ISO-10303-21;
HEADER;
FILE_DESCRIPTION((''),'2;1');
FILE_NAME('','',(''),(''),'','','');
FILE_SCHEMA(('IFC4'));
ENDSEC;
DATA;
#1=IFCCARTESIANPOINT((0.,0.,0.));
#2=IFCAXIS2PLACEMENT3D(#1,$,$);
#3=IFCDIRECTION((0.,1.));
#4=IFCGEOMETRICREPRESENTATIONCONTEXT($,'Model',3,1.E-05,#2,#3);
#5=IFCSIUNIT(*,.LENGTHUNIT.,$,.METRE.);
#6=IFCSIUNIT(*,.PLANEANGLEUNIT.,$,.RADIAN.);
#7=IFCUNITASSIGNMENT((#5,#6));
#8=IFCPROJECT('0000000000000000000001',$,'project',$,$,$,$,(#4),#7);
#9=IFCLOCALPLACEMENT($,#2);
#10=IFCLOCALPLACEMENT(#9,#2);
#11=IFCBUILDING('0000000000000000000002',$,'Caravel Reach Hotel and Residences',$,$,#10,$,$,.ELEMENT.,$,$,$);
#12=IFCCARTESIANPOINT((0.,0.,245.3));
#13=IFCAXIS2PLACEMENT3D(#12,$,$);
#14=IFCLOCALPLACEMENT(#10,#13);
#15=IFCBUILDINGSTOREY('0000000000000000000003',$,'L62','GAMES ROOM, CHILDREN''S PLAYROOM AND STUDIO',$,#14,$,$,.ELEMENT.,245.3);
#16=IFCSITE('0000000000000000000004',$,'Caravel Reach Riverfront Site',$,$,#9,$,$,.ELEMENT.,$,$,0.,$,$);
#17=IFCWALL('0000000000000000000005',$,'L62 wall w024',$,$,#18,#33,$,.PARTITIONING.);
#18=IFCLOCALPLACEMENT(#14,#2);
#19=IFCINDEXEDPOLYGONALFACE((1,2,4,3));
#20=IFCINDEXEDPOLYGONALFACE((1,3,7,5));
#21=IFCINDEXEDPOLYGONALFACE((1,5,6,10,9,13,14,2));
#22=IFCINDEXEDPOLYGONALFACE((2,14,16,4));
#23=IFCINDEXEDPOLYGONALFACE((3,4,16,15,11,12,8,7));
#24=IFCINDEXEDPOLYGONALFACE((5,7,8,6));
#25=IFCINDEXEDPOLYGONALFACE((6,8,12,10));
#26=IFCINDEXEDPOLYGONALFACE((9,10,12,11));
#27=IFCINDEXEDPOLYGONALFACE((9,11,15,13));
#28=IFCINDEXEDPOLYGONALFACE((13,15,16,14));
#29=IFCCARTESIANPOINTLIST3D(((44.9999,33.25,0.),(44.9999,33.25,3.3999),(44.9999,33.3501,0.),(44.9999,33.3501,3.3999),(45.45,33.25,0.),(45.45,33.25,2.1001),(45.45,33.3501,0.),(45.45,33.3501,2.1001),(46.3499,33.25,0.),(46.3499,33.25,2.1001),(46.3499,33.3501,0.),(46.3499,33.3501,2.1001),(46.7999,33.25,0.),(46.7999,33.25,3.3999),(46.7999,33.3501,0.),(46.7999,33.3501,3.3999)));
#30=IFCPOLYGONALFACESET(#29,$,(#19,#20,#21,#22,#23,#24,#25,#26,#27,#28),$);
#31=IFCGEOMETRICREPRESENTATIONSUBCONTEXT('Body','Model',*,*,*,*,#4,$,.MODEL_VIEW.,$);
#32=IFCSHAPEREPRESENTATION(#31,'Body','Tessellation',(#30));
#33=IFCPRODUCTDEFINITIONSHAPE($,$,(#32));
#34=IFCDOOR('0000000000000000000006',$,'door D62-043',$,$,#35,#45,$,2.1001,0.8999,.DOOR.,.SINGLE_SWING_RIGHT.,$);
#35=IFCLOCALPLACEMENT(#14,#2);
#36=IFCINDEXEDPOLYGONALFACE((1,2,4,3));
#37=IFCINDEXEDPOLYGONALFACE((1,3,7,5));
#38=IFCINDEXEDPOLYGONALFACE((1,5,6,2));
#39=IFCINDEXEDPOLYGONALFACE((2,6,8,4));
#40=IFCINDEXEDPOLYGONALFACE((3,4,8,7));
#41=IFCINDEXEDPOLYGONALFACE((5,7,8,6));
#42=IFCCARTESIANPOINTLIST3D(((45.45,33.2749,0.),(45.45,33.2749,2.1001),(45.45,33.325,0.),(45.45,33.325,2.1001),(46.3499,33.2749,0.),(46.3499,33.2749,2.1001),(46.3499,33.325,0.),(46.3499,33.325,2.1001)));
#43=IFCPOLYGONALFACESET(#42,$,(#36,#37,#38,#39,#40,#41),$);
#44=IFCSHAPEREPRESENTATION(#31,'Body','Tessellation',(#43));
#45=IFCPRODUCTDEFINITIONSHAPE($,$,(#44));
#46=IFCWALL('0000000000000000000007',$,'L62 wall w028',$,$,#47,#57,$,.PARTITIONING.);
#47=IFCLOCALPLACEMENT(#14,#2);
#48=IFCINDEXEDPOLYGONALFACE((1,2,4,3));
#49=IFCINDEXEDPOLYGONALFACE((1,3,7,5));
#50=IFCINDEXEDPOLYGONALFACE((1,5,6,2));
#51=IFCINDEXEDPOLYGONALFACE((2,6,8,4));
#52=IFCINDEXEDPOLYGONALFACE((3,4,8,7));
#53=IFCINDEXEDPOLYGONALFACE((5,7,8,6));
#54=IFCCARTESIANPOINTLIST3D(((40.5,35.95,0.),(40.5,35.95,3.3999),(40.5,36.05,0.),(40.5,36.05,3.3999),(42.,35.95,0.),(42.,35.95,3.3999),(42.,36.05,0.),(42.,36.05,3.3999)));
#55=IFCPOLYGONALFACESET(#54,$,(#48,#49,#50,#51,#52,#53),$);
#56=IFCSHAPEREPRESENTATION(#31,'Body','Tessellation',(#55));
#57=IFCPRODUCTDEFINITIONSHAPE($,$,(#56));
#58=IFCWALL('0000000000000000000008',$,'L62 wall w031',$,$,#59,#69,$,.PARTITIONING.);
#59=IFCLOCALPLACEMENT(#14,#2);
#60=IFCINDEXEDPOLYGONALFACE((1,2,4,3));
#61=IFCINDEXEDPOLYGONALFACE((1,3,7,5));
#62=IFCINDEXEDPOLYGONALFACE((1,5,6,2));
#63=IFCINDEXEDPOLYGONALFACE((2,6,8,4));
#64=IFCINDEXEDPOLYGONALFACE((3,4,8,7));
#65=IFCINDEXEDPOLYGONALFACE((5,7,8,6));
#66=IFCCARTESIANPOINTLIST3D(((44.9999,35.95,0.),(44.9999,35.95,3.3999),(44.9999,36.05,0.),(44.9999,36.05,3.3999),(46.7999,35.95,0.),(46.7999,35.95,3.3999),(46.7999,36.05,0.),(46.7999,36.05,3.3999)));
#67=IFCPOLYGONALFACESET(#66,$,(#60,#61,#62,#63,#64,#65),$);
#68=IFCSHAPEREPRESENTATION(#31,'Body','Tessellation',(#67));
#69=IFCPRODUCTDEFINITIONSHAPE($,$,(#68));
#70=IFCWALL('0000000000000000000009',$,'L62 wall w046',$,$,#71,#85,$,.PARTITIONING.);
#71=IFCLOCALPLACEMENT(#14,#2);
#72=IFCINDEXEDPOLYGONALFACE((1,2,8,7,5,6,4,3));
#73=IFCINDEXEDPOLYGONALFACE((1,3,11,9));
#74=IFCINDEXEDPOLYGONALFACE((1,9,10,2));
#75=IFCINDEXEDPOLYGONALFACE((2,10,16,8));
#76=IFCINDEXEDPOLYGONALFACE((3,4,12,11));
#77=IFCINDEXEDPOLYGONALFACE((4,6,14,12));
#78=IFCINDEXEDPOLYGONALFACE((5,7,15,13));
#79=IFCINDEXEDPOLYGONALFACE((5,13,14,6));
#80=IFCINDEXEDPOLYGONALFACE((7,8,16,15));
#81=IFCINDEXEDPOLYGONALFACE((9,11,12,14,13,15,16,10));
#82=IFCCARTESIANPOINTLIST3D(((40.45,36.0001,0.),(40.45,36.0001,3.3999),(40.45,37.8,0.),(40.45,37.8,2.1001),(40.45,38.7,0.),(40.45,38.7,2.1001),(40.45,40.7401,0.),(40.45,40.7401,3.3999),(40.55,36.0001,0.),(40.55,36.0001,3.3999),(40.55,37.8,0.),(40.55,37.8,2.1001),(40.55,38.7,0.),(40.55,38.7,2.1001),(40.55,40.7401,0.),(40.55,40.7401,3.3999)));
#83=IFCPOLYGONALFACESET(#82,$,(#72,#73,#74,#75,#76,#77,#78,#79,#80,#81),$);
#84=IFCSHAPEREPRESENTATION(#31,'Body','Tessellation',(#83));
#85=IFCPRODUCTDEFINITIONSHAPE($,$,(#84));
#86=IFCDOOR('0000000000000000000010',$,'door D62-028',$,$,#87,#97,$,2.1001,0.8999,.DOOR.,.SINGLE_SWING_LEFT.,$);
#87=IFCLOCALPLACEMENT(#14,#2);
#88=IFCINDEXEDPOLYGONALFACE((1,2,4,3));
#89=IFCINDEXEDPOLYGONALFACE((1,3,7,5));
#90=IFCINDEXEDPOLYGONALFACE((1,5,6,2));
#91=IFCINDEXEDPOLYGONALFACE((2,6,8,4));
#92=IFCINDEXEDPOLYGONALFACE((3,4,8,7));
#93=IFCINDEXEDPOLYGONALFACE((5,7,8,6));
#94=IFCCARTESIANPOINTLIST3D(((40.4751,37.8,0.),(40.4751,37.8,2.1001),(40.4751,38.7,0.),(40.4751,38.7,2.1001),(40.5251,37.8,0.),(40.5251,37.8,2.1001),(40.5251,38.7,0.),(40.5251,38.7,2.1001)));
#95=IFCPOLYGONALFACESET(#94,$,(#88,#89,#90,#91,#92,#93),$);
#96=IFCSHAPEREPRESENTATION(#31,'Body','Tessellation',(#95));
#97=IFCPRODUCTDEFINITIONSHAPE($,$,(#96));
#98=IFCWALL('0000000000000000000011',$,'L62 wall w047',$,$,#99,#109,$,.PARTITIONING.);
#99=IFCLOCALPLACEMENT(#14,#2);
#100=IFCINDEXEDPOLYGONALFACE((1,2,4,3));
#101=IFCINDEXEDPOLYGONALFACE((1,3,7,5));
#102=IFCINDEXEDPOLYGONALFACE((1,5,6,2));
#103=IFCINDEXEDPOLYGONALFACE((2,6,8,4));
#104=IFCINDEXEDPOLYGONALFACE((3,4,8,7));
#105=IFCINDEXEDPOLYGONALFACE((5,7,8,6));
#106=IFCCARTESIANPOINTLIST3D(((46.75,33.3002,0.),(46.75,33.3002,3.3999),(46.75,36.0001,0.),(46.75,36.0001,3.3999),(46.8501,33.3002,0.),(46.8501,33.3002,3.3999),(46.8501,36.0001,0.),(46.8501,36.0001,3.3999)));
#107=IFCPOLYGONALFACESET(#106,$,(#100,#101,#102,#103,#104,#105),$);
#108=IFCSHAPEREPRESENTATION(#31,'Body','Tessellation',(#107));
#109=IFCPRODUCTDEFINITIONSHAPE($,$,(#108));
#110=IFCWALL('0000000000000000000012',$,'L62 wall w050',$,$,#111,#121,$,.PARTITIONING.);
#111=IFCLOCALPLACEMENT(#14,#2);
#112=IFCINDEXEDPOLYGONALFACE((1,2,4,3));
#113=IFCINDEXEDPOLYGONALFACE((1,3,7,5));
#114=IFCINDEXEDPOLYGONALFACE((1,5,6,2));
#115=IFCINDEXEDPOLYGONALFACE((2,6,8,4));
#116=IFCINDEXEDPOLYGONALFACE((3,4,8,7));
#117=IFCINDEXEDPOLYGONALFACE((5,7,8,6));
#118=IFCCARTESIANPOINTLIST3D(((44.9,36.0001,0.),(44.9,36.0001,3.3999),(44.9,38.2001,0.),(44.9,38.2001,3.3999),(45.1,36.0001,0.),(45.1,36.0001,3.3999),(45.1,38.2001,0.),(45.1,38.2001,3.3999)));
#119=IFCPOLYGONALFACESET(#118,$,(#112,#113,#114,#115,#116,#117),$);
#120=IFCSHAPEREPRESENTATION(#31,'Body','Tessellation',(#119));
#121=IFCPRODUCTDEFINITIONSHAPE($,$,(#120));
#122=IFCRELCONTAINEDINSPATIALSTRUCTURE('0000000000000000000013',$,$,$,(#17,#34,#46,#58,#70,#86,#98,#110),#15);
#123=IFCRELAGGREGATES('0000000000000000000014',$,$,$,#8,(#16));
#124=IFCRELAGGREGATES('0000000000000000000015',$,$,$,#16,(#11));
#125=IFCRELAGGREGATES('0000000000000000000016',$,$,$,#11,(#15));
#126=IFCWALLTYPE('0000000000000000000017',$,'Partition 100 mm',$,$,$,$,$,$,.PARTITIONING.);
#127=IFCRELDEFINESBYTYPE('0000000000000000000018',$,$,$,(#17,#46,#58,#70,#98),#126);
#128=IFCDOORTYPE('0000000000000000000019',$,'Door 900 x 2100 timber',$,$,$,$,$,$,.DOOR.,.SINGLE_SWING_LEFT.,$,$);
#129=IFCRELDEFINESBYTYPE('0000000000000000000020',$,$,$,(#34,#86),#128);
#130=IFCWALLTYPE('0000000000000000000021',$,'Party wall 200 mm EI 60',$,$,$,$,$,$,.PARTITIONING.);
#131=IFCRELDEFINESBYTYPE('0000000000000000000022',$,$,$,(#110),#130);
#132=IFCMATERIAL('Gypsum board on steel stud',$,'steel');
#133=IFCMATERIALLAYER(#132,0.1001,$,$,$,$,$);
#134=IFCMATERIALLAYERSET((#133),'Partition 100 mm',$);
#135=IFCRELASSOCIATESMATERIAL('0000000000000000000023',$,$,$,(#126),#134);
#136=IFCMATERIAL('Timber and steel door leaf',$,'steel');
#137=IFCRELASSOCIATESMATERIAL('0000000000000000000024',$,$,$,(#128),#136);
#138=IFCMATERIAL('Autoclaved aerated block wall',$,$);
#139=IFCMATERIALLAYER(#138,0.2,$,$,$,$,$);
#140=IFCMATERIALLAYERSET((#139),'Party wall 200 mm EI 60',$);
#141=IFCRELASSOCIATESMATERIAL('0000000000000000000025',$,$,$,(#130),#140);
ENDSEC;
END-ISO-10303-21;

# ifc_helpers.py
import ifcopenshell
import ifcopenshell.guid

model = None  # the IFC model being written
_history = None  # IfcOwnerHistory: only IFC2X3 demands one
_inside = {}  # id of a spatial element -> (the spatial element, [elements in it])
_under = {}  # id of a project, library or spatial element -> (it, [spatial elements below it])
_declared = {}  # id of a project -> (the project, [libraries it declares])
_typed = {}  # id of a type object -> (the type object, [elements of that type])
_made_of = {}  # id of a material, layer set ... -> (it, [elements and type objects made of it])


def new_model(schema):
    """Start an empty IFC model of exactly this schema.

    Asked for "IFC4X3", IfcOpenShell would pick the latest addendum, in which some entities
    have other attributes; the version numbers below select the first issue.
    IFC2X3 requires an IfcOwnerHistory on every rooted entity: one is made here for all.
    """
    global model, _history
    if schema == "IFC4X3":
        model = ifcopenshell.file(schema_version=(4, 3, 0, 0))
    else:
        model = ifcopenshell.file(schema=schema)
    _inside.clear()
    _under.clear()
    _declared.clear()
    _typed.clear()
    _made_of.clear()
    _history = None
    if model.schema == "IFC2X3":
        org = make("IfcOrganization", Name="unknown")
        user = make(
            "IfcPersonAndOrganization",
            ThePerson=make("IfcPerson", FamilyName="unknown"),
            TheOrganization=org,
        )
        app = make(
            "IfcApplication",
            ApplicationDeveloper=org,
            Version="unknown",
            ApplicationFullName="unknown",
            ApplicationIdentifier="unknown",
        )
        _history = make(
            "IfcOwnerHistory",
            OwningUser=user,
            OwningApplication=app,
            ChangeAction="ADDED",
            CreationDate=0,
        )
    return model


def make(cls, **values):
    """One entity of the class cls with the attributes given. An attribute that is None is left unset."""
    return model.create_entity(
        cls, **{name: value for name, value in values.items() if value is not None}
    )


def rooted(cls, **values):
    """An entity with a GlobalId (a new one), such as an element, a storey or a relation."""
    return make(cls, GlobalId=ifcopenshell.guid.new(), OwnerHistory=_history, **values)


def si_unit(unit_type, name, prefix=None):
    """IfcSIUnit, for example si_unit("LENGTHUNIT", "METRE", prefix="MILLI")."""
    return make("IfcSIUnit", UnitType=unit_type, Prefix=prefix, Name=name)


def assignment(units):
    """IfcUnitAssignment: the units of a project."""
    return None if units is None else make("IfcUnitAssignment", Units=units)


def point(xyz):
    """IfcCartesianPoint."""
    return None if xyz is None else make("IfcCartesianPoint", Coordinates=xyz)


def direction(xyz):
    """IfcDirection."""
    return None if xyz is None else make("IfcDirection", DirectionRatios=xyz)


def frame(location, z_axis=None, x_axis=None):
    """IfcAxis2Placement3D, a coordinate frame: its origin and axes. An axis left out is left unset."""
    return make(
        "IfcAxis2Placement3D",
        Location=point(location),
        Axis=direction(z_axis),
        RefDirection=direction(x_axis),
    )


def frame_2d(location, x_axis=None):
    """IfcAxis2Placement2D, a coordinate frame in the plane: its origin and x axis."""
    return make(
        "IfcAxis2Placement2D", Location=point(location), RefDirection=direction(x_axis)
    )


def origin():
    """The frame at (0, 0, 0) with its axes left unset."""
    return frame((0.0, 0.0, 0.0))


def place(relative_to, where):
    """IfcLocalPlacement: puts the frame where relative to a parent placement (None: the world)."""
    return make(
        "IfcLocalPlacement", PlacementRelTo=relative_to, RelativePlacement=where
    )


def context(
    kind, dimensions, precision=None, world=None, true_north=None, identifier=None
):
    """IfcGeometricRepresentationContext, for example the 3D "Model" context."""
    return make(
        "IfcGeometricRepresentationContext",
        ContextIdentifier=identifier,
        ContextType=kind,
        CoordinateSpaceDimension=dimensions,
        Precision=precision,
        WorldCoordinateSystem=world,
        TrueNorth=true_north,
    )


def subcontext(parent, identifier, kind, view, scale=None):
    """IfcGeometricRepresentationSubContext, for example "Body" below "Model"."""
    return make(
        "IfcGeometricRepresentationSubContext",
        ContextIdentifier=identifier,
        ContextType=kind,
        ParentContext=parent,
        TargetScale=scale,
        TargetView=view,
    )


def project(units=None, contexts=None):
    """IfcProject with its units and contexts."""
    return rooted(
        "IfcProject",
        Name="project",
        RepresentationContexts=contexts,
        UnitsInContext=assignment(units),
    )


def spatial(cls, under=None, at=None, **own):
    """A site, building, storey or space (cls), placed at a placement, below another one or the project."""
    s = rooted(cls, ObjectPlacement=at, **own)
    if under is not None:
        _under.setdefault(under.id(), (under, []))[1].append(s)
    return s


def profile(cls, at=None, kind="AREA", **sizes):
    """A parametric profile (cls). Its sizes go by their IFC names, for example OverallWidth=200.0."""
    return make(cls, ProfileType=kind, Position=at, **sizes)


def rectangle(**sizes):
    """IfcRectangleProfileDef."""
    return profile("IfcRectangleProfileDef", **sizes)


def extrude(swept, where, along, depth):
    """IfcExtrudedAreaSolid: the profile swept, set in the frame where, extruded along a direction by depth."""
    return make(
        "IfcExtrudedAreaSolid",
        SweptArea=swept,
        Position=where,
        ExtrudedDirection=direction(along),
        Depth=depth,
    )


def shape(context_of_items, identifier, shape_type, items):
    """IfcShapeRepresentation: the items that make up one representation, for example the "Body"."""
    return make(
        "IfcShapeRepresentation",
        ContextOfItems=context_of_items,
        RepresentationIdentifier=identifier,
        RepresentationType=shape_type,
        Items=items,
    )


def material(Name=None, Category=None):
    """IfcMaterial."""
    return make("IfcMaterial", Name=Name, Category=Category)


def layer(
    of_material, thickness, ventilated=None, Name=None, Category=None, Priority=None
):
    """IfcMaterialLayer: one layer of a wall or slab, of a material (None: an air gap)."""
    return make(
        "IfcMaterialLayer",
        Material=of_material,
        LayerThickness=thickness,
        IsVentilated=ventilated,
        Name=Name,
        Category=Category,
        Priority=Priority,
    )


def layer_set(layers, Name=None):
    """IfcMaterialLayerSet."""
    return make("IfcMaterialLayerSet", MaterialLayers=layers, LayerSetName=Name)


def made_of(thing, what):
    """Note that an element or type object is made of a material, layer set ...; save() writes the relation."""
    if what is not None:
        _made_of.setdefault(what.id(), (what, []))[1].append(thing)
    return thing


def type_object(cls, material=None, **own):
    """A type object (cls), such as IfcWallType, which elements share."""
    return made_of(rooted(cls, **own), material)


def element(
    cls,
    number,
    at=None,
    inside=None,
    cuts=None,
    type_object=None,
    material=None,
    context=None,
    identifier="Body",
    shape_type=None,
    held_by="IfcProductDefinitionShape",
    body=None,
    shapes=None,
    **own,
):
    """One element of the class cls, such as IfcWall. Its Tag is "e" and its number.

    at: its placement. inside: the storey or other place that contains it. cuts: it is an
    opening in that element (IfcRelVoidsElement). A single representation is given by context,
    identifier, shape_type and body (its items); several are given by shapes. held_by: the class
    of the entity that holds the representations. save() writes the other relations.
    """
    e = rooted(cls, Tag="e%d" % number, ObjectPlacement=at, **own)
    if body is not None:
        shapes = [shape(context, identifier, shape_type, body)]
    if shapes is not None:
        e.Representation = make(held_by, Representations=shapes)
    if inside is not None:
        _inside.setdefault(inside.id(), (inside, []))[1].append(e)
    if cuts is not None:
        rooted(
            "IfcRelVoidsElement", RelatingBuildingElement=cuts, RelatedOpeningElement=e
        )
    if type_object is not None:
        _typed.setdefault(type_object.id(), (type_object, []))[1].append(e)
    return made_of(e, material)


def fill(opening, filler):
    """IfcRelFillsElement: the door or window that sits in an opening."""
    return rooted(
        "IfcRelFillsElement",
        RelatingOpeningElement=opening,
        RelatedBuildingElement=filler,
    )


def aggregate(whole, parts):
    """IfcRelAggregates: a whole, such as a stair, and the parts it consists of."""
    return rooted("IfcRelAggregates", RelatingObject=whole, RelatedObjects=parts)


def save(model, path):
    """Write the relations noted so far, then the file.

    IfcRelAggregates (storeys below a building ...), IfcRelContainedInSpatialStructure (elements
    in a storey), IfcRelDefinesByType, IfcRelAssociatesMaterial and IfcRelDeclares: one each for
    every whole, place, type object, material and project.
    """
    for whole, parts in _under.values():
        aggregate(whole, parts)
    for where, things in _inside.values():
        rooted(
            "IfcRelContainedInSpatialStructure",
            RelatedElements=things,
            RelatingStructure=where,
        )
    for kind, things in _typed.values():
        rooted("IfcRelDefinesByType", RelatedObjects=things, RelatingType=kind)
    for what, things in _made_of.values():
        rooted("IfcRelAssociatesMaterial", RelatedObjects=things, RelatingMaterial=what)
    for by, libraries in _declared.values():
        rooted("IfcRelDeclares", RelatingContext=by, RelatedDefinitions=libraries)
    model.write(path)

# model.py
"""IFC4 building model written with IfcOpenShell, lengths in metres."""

from ifc_helpers import new_model, si_unit, direction, frame, frame_2d, origin, place, context, subcontext, project, spatial, rectangle, extrude, material, layer, layer_set, type_object, element, fill, save


model = new_model("IFC4")

# Units and contexts
model_context = context("Model", 3, precision=1e-05, world=origin(), true_north=direction((0.0, 1.0)))
body_context = subcontext(model_context, "Body", "Model", "MODEL_VIEW")
ifc_project = project(units=[si_unit("LENGTHUNIT", "METRE"), si_unit("PLANEANGLEUNIT", "RADIAN")], contexts=[model_context])

# Site, building, storey
site_placement = place(None, origin())
site = spatial("IfcSite", under=ifc_project, at=site_placement, Name="Caravel Reach Riverfront Site", CompositionType="ELEMENT", RefElevation=0.0)
building_placement = place(site_placement, origin())
building = spatial("IfcBuilding", under=site, at=building_placement, Name="Caravel Reach Hotel and Residences", CompositionType="ELEMENT")
storey_placement = place(building_placement, frame((0.0, 0.0, 245.3)))
storey = spatial("IfcBuildingStorey", under=building, at=storey_placement, Name="L62", Description="GAMES ROOM, CHILDREN'S PLAYROOM AND STUDIO", CompositionType="ELEMENT", Elevation=245.3)

# Wall, opening, door
ifc_material_1 = material(Name="Gypsum board on steel stud", Category="steel")
ifc_layer_1 = layer(ifc_material_1, 0.1001)
ifc_layer_set_1 = layer_set([ifc_layer_1], Name="Partition 100 mm")
wall_type_1 = type_object("IfcWallType", Name="Partition 100 mm", PredefinedType="PARTITIONING", material=ifc_layer_set_1)
wall_1_placement = place(storey_placement, frame((45.0, 33.3, 0.0), z_axis=(0.0, 0.0, 1.0), x_axis=(1.0, 0.0, 0.0)))
wall_1 = element("IfcWall", 1, at=wall_1_placement, inside=storey, type_object=wall_type_1, Name="L62 wall w024", PredefinedType="PARTITIONING", context=body_context, shape_type="SweptSolid", body=[
    extrude(rectangle(XDim=1.8, YDim=0.1001, at=frame_2d((0.8999, 0.0))), origin(), (0.0, 0.0, 1.0), 3.3999),
])
opening_1_placement = place(wall_1_placement, frame((0.45, 0.0, 0.0)))
opening_1 = element("IfcOpeningElement", 2, at=opening_1_placement, cuts=wall_1, PredefinedType="OPENING", context=body_context, shape_type="SweptSolid", body=[
    extrude(rectangle(XDim=0.8999, YDim=2.1001, at=frame_2d((0.45, 1.05))), frame((0.0, 0.0601, 0.0), z_axis=(0.0, -1.0, 0.0), x_axis=(1.0, 0.0, 0.0)), (0.0, 0.0, 1.0), 0.1201),
])
ifc_material_2 = material(Name="Timber and steel door leaf", Category="steel")
door_type_1 = type_object("IfcDoorType", Name="Door 900 x 2100 timber", OperationType="SINGLE_SWING_LEFT", PredefinedType="DOOR", material=ifc_material_2)
door_1_placement = place(opening_1_placement, origin())
door_1 = element("IfcDoor", 3, at=door_1_placement, inside=storey, type_object=door_type_1, Name="door D62-043", OperationType="SINGLE_SWING_RIGHT", OverallHeight=2.1001, OverallWidth=0.8999, PredefinedType="DOOR", context=body_context, shape_type="SweptSolid", body=[
    extrude(rectangle(XDim=0.8999, YDim=2.1001, at=frame_2d((0.45, 1.05))), frame((0.0, 0.0249, 0.0), z_axis=(0.0, -1.0, 0.0), x_axis=(1.0, 0.0, 0.0)), (0.0, 0.0, 1.0), 0.05),
])
fill(opening_1, door_1)

# Walls
wall_2_placement = place(storey_placement, frame((40.5, 36.0, 0.0), z_axis=(0.0, 0.0, 1.0), x_axis=(1.0, 0.0, 0.0)))
element("IfcWall", 4, at=wall_2_placement, inside=storey, type_object=wall_type_1, Name="L62 wall w028", PredefinedType="PARTITIONING", context=body_context, shape_type="SweptSolid", body=[
    extrude(rectangle(XDim=1.5, YDim=0.1001, at=frame_2d((0.75, 0.0))), origin(), (0.0, 0.0, 1.0), 3.3999),
])
wall_3_placement = place(storey_placement, frame((45.0, 36.0, 0.0), z_axis=(0.0, 0.0, 1.0), x_axis=(1.0, 0.0, 0.0)))
element("IfcWall", 5, at=wall_3_placement, inside=storey, type_object=wall_type_1, Name="L62 wall w031", PredefinedType="PARTITIONING", context=body_context, shape_type="SweptSolid", body=[
    extrude(rectangle(XDim=1.8, YDim=0.1001, at=frame_2d((0.8999, 0.0))), origin(), (0.0, 0.0, 1.0), 3.3999),
])

# Wall, opening, door
wall_4_placement = place(storey_placement, frame((40.5, 36.0, 0.0), z_axis=(0.0, 0.0, 1.0), x_axis=(0.0, 1.0, 0.0)))
wall_4 = element("IfcWall", 6, at=wall_4_placement, inside=storey, type_object=wall_type_1, Name="L62 wall w046", PredefinedType="PARTITIONING", context=body_context, shape_type="SweptSolid", body=[
    extrude(rectangle(XDim=4.74, YDim=0.1001, at=frame_2d((2.3701, 0.0))), origin(), (0.0, 0.0, 1.0), 3.3999),
])
opening_2_placement = place(wall_4_placement, frame((1.8, 0.0, 0.0)))
opening_2 = element("IfcOpeningElement", 7, at=opening_2_placement, cuts=wall_4, PredefinedType="OPENING", context=body_context, shape_type="SweptSolid", body=[
    extrude(rectangle(XDim=0.8999, YDim=2.1001, at=frame_2d((0.45, 1.05))), frame((0.0, 0.0601, 0.0), z_axis=(0.0, -1.0, 0.0), x_axis=(1.0, 0.0, 0.0)), (0.0, 0.0, 1.0), 0.1201),
])
door_2_placement = place(opening_2_placement, origin())
door_2 = element("IfcDoor", 8, at=door_2_placement, inside=storey, type_object=door_type_1, Name="door D62-028", OperationType="SINGLE_SWING_LEFT", OverallHeight=2.1001, OverallWidth=0.8999, PredefinedType="DOOR", context=body_context, shape_type="SweptSolid", body=[
    extrude(rectangle(XDim=0.8999, YDim=2.1001, at=frame_2d((0.45, 1.05))), frame((0.0, 0.0249, 0.0), z_axis=(0.0, -1.0, 0.0), x_axis=(1.0, 0.0, 0.0)), (0.0, 0.0, 1.0), 0.05),
])
fill(opening_2, door_2)

# Walls
wall_5_placement = place(storey_placement, frame((46.8, 33.3, 0.0), z_axis=(0.0, 0.0, 1.0), x_axis=(0.0, 1.0, 0.0)))
element("IfcWall", 9, at=wall_5_placement, inside=storey, type_object=wall_type_1, Name="L62 wall w047", PredefinedType="PARTITIONING", context=body_context, shape_type="SweptSolid", body=[
    extrude(rectangle(XDim=2.7, YDim=0.1001, at=frame_2d((1.3501, 0.0))), origin(), (0.0, 0.0, 1.0), 3.3999),
])
ifc_material_3 = material(Name="Autoclaved aerated block wall")
ifc_layer_2 = layer(ifc_material_3, 0.2)
ifc_layer_set_2 = layer_set([ifc_layer_2], Name="Party wall 200 mm EI 60")
wall_type_2 = type_object("IfcWallType", Name="Party wall 200 mm EI 60", PredefinedType="PARTITIONING", material=ifc_layer_set_2)
wall_6_placement = place(storey_placement, frame((45.0, 36.0, 0.0), z_axis=(0.0, 0.0, 1.0), x_axis=(0.0, 1.0, 0.0)))
element("IfcWall", 10, at=wall_6_placement, inside=storey, type_object=wall_type_2, Name="L62 wall w050", PredefinedType="PARTITIONING", context=body_context, shape_type="SweptSolid", body=[
    extrude(rectangle(XDim=2.2, YDim=0.2, at=frame_2d((1.1001, 0.0))), origin(), (0.0, 0.0, 1.0), 3.3999),
])

save(model, "model.ifc")
